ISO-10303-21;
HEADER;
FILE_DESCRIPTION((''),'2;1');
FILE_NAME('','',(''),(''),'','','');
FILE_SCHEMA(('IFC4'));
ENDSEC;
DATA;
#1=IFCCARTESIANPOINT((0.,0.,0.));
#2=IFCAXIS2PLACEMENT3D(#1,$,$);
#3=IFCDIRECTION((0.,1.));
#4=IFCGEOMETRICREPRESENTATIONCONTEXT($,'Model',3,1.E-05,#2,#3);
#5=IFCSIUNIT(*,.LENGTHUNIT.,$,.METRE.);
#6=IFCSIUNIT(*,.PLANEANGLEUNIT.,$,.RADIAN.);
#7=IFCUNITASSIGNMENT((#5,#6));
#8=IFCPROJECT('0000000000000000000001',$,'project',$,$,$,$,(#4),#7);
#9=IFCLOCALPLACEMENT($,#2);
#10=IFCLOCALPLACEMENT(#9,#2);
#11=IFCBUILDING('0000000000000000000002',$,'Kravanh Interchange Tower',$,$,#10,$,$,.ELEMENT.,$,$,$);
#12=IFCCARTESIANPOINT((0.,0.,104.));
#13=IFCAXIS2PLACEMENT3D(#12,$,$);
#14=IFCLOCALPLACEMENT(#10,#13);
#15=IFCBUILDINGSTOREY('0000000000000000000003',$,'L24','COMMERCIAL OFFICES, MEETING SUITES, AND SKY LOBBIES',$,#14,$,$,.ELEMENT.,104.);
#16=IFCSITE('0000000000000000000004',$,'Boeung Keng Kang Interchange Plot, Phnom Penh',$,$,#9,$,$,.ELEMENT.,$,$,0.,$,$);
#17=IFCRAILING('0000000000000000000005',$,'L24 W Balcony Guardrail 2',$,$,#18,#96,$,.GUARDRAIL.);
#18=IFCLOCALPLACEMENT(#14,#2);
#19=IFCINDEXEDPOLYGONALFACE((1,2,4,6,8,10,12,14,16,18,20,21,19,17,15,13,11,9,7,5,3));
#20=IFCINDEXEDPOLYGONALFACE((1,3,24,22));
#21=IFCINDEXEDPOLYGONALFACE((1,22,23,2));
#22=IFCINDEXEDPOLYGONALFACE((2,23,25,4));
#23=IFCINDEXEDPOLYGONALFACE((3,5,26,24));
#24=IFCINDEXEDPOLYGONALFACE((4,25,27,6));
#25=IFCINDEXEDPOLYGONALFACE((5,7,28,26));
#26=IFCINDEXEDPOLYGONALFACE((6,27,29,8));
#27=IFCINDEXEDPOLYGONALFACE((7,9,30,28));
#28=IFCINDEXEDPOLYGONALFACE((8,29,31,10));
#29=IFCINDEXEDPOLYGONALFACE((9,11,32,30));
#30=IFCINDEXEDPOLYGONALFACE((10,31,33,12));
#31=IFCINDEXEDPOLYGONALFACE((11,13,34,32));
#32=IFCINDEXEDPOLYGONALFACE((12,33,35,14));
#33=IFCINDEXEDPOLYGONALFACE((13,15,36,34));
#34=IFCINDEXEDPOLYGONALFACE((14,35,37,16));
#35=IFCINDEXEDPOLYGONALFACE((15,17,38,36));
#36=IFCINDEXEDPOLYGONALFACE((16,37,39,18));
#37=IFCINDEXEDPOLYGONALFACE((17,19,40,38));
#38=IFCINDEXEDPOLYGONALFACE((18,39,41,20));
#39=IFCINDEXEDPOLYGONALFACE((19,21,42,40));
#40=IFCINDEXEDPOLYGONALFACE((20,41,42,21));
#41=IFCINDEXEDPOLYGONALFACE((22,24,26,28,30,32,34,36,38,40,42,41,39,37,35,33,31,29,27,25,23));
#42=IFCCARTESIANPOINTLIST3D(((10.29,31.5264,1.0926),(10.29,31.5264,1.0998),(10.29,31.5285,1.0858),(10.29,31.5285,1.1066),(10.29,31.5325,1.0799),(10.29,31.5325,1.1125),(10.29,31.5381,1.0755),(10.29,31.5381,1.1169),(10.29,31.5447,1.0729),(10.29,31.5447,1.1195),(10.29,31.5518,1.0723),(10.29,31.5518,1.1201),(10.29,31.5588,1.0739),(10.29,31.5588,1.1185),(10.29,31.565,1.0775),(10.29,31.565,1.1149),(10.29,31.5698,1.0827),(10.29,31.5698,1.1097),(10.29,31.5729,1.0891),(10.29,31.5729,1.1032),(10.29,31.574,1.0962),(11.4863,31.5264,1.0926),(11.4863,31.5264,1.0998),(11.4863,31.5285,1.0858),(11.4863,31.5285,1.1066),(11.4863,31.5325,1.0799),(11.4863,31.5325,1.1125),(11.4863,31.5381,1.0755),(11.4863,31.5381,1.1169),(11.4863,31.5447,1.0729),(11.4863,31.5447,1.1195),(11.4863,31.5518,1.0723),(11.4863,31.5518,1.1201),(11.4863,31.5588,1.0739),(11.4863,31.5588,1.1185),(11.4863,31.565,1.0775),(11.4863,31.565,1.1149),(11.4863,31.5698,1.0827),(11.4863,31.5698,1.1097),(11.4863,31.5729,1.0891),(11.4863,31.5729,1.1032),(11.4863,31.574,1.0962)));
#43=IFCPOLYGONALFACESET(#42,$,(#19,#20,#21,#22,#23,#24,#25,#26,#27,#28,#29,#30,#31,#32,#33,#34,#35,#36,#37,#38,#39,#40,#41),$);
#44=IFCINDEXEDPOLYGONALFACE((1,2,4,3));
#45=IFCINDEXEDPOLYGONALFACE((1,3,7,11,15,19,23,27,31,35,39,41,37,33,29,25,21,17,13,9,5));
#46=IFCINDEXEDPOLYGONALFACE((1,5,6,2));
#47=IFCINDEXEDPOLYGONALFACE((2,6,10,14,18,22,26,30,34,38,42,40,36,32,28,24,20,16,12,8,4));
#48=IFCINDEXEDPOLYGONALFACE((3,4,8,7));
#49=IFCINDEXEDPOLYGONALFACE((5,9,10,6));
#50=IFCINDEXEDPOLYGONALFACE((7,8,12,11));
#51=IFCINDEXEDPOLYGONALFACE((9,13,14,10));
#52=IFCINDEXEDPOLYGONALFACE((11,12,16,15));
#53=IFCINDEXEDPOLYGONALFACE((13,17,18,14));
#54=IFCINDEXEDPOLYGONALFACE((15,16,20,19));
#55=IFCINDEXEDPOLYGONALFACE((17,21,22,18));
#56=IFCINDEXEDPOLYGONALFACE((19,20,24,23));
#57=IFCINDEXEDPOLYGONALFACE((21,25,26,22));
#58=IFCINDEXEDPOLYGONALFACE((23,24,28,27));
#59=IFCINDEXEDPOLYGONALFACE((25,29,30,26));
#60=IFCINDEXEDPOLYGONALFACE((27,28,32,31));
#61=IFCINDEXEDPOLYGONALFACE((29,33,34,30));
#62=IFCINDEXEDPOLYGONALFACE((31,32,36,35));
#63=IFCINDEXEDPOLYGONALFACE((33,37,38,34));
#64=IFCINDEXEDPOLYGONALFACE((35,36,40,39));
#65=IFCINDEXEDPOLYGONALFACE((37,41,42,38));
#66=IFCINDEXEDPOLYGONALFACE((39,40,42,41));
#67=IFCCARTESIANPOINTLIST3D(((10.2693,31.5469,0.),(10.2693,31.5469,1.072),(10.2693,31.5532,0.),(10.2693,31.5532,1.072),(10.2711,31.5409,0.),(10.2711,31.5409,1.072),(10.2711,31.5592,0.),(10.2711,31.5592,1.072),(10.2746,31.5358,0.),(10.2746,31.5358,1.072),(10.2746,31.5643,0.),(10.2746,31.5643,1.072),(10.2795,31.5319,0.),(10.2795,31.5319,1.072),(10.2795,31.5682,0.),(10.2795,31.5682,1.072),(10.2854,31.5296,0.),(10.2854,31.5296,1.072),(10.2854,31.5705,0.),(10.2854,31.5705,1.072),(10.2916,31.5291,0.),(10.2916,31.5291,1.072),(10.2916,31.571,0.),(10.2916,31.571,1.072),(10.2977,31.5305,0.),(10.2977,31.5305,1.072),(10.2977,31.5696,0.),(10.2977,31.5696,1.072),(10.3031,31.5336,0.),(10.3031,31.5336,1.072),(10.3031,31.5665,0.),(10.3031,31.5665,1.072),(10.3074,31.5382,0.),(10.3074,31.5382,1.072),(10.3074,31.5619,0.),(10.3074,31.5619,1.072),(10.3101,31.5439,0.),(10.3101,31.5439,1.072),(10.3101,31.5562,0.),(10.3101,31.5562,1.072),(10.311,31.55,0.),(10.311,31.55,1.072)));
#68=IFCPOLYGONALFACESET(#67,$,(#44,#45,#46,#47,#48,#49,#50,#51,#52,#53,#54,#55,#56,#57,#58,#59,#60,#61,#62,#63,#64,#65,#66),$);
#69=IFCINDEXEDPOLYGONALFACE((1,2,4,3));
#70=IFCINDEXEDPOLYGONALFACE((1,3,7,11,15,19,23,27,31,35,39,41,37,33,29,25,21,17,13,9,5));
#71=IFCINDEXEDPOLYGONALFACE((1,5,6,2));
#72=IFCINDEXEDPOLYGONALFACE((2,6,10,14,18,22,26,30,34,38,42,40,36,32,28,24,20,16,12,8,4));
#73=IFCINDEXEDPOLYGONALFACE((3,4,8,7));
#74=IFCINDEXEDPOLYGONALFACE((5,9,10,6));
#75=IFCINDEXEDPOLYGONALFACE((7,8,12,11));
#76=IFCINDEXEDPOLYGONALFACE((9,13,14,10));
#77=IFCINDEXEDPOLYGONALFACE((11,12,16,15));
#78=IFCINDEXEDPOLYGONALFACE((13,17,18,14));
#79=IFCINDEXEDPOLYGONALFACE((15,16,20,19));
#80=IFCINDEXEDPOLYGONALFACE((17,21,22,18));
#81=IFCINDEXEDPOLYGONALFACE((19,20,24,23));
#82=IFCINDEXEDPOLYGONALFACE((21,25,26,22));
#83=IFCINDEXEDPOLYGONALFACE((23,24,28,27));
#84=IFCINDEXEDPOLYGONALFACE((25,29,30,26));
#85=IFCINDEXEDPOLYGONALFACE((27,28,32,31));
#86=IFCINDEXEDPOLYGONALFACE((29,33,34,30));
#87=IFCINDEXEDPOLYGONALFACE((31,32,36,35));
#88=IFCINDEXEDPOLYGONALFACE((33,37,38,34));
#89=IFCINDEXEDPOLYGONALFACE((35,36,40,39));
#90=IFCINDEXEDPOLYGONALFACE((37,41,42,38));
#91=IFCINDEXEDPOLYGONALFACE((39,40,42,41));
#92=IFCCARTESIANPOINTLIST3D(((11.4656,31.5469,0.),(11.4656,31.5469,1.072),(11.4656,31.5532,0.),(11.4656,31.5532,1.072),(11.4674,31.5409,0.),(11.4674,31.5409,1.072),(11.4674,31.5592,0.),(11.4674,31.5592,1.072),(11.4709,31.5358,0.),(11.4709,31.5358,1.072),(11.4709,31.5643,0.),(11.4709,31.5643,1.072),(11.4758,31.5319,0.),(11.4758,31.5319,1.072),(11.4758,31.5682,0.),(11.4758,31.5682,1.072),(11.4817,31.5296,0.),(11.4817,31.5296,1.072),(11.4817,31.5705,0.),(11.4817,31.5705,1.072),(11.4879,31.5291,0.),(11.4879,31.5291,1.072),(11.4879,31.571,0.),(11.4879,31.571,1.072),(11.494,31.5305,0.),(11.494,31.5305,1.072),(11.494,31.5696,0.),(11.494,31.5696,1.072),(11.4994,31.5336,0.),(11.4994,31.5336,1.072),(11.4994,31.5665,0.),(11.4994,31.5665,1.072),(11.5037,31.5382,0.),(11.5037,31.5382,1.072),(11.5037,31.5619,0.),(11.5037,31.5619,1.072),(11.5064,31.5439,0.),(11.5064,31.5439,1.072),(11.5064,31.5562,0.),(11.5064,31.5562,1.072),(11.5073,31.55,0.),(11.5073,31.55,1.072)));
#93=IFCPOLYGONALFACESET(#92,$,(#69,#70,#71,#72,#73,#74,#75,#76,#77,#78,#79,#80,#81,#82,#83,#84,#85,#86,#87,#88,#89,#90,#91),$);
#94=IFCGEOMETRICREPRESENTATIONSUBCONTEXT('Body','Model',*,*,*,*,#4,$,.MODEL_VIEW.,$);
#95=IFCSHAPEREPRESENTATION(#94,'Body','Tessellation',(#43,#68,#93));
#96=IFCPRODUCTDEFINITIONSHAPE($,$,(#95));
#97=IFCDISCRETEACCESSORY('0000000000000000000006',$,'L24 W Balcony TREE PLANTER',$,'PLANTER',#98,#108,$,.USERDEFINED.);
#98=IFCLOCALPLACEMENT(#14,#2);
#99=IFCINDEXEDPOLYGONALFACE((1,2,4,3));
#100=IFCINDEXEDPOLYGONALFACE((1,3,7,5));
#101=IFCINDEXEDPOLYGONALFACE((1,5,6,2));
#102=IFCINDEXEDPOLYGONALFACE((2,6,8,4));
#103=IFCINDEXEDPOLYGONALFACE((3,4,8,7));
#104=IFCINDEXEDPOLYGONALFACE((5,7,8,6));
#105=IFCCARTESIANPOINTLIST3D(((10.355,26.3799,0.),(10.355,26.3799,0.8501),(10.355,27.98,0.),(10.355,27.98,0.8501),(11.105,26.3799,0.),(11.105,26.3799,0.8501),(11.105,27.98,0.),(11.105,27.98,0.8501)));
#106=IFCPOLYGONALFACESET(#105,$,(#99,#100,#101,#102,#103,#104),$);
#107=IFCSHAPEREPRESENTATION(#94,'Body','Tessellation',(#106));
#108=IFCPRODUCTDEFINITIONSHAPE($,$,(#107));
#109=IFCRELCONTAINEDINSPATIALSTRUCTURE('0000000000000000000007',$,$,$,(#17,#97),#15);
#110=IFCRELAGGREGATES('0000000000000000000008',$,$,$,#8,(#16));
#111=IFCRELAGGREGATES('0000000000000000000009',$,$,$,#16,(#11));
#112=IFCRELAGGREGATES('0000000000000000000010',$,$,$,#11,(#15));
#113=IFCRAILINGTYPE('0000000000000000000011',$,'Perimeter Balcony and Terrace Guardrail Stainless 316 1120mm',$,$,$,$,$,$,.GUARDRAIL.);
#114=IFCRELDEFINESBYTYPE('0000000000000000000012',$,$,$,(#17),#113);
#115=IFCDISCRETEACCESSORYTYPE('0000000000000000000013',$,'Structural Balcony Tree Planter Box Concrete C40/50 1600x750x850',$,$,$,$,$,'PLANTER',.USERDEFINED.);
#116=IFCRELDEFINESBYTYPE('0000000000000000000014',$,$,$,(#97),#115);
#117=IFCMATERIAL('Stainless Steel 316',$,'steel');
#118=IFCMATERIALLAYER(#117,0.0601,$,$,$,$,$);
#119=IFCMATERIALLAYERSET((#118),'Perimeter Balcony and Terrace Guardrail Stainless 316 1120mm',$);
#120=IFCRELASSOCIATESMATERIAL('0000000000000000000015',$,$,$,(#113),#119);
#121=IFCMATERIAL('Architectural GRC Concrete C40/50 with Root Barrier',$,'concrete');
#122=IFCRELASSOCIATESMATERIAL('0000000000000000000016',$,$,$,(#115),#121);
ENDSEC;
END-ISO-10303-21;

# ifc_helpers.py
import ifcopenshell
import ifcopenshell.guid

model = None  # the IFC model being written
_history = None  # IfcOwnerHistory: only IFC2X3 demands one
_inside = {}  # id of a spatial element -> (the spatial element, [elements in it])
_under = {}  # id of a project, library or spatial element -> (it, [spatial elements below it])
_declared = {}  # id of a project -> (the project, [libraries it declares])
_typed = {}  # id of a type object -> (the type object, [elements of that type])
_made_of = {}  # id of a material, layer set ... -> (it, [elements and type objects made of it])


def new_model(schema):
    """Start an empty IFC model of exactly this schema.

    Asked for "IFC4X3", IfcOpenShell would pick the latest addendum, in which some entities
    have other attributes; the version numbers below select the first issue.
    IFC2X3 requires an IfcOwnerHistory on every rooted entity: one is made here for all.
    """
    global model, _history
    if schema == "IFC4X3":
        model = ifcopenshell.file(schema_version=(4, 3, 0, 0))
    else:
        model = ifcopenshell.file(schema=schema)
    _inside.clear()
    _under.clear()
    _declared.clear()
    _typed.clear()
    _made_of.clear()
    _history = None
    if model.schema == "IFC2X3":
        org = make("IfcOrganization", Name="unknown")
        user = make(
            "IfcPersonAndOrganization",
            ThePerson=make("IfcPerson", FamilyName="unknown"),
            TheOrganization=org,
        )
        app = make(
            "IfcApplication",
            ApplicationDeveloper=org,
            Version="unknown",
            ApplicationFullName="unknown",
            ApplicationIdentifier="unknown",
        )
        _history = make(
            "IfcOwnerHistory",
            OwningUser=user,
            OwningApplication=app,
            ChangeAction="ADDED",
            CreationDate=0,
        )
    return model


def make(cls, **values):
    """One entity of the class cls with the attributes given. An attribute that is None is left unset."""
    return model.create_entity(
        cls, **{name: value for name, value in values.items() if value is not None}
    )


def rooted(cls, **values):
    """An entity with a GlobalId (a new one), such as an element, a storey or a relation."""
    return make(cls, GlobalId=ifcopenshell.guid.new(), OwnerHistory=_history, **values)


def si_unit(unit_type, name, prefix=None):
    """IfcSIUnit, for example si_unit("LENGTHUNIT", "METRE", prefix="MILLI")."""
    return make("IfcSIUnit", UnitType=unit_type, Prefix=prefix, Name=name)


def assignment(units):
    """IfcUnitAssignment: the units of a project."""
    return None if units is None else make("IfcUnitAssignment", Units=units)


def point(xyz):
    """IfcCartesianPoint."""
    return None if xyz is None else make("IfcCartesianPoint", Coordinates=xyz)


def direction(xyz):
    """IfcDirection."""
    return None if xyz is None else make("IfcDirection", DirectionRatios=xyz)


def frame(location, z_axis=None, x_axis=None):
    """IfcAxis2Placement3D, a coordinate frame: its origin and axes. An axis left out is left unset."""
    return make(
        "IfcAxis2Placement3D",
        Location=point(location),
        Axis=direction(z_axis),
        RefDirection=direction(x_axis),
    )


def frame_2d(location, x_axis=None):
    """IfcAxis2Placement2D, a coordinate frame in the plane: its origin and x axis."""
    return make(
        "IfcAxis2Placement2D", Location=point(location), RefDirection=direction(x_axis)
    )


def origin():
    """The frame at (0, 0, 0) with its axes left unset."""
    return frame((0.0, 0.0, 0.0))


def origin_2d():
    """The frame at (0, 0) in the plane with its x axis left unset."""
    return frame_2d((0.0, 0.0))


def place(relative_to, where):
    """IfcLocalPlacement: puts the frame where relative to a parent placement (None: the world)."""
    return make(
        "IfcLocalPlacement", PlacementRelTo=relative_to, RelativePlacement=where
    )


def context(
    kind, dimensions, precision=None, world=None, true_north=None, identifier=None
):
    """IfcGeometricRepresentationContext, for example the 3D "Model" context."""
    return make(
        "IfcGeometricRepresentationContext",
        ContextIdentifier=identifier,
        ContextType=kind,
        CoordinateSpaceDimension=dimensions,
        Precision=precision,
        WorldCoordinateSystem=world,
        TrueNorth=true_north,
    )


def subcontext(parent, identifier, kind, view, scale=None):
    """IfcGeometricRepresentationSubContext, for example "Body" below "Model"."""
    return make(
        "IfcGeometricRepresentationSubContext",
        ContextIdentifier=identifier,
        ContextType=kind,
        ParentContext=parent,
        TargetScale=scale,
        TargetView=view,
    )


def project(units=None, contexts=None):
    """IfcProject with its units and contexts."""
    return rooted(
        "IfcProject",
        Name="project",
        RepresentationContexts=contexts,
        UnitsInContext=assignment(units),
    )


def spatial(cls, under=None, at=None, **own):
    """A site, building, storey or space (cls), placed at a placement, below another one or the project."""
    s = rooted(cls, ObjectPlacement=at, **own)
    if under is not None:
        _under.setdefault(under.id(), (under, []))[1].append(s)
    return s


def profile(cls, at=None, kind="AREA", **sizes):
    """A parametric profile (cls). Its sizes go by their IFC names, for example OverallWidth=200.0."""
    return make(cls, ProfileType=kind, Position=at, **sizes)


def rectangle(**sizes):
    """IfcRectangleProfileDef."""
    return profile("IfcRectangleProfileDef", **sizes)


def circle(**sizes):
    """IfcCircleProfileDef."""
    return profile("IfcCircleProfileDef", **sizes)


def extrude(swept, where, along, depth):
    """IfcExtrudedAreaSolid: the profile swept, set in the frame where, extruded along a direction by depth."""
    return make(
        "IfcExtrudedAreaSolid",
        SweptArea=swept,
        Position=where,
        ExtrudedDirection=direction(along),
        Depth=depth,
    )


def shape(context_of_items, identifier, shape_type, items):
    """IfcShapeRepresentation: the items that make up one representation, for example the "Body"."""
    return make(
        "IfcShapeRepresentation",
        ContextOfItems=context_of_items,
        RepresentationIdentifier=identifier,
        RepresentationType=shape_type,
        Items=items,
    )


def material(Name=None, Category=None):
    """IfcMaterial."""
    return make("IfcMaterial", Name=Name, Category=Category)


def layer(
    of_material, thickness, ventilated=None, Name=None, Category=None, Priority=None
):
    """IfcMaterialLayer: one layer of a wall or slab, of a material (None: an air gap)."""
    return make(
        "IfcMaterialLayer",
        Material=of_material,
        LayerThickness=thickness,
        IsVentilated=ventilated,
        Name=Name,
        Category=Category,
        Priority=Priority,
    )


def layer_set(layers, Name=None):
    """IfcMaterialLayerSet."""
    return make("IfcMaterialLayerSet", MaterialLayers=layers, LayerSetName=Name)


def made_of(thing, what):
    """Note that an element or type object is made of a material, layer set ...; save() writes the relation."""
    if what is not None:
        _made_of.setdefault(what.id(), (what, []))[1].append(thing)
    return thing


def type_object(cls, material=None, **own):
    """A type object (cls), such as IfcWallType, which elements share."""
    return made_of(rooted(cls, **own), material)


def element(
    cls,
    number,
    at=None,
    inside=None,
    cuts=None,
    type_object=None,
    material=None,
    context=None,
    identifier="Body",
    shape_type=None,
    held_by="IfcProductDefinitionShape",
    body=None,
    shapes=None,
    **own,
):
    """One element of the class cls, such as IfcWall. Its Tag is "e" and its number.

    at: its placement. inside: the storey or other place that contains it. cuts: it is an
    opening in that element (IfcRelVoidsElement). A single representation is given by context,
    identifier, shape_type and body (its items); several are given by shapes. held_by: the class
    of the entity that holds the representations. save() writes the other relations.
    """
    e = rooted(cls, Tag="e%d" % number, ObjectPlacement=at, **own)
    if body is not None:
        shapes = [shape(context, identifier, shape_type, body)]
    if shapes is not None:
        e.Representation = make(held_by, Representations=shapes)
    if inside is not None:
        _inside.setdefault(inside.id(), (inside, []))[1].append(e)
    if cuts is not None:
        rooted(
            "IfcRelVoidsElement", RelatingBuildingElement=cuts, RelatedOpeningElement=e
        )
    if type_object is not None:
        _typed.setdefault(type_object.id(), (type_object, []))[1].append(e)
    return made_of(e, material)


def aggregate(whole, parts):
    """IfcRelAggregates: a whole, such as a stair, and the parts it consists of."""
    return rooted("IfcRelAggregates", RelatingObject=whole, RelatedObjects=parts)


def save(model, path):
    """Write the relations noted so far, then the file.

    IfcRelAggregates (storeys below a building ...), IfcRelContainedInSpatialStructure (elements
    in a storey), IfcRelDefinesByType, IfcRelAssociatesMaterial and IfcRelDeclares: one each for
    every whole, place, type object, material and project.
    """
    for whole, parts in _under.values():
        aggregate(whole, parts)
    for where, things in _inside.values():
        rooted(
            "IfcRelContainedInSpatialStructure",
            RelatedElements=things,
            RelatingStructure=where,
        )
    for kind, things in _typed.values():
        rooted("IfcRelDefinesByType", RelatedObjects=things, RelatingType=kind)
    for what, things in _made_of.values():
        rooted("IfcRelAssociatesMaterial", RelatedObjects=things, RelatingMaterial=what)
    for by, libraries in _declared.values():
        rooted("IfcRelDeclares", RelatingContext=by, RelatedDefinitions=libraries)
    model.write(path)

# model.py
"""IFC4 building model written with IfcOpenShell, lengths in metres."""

from ifc_helpers import new_model, si_unit, direction, frame, origin, origin_2d, place, context, subcontext, project, spatial, rectangle, circle, extrude, material, layer, layer_set, type_object, element, save


model = new_model("IFC4")

# Units and contexts
model_context = context("Model", 3, precision=1e-05, world=origin(), true_north=direction((0.0, 1.0)))
body_context = subcontext(model_context, "Body", "Model", "MODEL_VIEW")
ifc_project = project(units=[si_unit("LENGTHUNIT", "METRE"), si_unit("PLANEANGLEUNIT", "RADIAN")], contexts=[model_context])

# Site, building, storey
site_placement = place(None, origin())
site = spatial("IfcSite", under=ifc_project, at=site_placement, Name="Boeung Keng Kang Interchange Plot, Phnom Penh", CompositionType="ELEMENT", RefElevation=0.0)
building_placement = place(site_placement, origin())
building = spatial("IfcBuilding", under=site, at=building_placement, Name="Kravanh Interchange Tower", CompositionType="ELEMENT")
storey_placement = place(building_placement, frame((0.0, 0.0, 104.0)))
storey = spatial("IfcBuildingStorey", under=building, at=storey_placement, Name="L24", Description="COMMERCIAL OFFICES, MEETING SUITES, AND SKY LOBBIES", CompositionType="ELEMENT", Elevation=104.0)

# Railing
ifc_material_1 = material(Name="Stainless Steel 316", Category="steel")
ifc_layer_1 = layer(ifc_material_1, 0.0601)
ifc_layer_set_1 = layer_set([ifc_layer_1], Name="Perimeter Balcony and Terrace Guardrail Stainless 316 1120mm")
railing_type = type_object("IfcRailingType", Name="Perimeter Balcony and Terrace Guardrail Stainless 316 1120mm", PredefinedType="GUARDRAIL", material=ifc_layer_set_1)
railing_placement = place(storey_placement, frame((10.29, 31.55, 0.0)))
element("IfcRailing", 1, at=railing_placement, inside=storey, type_object=railing_type, Name="L24 W Balcony Guardrail 2", PredefinedType="GUARDRAIL", context=body_context, shape_type="SweptSolid", body=[
    extrude(circle(Radius=0.0239, at=origin_2d()), frame((0.0, 0.0, 1.0962), z_axis=(1.0, 0.0, 0.0), x_axis=(0.0, 1.0, 0.0)), (0.0, 0.0, 1.0), 1.1963),
    extrude(circle(Radius=0.021, at=origin_2d()), origin(), (0.0, 0.0, 1.0), 1.072),
    extrude(circle(Radius=0.021, at=origin_2d()), frame((1.1963, 0.0, 0.0)), (0.0, 0.0, 1.0), 1.072),
])

# Discrete accessory
ifc_material_2 = material(Name="Architectural GRC Concrete C40/50 with Root Barrier", Category="concrete")
discrete_accessory_type = type_object("IfcDiscreteAccessoryType", Name="Structural Balcony Tree Planter Box Concrete C40/50 1600x750x850", ElementType="PLANTER", PredefinedType="USERDEFINED", material=ifc_material_2)
discrete_accessory_placement = place(storey_placement, frame((10.73, 27.1799, 0.0), z_axis=(0.0, 0.0, 1.0), x_axis=(1.0, 0.0, 0.0)))
element("IfcDiscreteAccessory", 2, at=discrete_accessory_placement, inside=storey, type_object=discrete_accessory_type, Name="L24 W Balcony TREE PLANTER", ObjectType="PLANTER", PredefinedType="USERDEFINED", context=body_context, shape_type="SweptSolid", body=[
    extrude(rectangle(XDim=0.75, YDim=1.6001, at=origin_2d()), origin(), (0.0, 0.0, 1.0), 0.8501),
])

save(model, "model.ifc")
